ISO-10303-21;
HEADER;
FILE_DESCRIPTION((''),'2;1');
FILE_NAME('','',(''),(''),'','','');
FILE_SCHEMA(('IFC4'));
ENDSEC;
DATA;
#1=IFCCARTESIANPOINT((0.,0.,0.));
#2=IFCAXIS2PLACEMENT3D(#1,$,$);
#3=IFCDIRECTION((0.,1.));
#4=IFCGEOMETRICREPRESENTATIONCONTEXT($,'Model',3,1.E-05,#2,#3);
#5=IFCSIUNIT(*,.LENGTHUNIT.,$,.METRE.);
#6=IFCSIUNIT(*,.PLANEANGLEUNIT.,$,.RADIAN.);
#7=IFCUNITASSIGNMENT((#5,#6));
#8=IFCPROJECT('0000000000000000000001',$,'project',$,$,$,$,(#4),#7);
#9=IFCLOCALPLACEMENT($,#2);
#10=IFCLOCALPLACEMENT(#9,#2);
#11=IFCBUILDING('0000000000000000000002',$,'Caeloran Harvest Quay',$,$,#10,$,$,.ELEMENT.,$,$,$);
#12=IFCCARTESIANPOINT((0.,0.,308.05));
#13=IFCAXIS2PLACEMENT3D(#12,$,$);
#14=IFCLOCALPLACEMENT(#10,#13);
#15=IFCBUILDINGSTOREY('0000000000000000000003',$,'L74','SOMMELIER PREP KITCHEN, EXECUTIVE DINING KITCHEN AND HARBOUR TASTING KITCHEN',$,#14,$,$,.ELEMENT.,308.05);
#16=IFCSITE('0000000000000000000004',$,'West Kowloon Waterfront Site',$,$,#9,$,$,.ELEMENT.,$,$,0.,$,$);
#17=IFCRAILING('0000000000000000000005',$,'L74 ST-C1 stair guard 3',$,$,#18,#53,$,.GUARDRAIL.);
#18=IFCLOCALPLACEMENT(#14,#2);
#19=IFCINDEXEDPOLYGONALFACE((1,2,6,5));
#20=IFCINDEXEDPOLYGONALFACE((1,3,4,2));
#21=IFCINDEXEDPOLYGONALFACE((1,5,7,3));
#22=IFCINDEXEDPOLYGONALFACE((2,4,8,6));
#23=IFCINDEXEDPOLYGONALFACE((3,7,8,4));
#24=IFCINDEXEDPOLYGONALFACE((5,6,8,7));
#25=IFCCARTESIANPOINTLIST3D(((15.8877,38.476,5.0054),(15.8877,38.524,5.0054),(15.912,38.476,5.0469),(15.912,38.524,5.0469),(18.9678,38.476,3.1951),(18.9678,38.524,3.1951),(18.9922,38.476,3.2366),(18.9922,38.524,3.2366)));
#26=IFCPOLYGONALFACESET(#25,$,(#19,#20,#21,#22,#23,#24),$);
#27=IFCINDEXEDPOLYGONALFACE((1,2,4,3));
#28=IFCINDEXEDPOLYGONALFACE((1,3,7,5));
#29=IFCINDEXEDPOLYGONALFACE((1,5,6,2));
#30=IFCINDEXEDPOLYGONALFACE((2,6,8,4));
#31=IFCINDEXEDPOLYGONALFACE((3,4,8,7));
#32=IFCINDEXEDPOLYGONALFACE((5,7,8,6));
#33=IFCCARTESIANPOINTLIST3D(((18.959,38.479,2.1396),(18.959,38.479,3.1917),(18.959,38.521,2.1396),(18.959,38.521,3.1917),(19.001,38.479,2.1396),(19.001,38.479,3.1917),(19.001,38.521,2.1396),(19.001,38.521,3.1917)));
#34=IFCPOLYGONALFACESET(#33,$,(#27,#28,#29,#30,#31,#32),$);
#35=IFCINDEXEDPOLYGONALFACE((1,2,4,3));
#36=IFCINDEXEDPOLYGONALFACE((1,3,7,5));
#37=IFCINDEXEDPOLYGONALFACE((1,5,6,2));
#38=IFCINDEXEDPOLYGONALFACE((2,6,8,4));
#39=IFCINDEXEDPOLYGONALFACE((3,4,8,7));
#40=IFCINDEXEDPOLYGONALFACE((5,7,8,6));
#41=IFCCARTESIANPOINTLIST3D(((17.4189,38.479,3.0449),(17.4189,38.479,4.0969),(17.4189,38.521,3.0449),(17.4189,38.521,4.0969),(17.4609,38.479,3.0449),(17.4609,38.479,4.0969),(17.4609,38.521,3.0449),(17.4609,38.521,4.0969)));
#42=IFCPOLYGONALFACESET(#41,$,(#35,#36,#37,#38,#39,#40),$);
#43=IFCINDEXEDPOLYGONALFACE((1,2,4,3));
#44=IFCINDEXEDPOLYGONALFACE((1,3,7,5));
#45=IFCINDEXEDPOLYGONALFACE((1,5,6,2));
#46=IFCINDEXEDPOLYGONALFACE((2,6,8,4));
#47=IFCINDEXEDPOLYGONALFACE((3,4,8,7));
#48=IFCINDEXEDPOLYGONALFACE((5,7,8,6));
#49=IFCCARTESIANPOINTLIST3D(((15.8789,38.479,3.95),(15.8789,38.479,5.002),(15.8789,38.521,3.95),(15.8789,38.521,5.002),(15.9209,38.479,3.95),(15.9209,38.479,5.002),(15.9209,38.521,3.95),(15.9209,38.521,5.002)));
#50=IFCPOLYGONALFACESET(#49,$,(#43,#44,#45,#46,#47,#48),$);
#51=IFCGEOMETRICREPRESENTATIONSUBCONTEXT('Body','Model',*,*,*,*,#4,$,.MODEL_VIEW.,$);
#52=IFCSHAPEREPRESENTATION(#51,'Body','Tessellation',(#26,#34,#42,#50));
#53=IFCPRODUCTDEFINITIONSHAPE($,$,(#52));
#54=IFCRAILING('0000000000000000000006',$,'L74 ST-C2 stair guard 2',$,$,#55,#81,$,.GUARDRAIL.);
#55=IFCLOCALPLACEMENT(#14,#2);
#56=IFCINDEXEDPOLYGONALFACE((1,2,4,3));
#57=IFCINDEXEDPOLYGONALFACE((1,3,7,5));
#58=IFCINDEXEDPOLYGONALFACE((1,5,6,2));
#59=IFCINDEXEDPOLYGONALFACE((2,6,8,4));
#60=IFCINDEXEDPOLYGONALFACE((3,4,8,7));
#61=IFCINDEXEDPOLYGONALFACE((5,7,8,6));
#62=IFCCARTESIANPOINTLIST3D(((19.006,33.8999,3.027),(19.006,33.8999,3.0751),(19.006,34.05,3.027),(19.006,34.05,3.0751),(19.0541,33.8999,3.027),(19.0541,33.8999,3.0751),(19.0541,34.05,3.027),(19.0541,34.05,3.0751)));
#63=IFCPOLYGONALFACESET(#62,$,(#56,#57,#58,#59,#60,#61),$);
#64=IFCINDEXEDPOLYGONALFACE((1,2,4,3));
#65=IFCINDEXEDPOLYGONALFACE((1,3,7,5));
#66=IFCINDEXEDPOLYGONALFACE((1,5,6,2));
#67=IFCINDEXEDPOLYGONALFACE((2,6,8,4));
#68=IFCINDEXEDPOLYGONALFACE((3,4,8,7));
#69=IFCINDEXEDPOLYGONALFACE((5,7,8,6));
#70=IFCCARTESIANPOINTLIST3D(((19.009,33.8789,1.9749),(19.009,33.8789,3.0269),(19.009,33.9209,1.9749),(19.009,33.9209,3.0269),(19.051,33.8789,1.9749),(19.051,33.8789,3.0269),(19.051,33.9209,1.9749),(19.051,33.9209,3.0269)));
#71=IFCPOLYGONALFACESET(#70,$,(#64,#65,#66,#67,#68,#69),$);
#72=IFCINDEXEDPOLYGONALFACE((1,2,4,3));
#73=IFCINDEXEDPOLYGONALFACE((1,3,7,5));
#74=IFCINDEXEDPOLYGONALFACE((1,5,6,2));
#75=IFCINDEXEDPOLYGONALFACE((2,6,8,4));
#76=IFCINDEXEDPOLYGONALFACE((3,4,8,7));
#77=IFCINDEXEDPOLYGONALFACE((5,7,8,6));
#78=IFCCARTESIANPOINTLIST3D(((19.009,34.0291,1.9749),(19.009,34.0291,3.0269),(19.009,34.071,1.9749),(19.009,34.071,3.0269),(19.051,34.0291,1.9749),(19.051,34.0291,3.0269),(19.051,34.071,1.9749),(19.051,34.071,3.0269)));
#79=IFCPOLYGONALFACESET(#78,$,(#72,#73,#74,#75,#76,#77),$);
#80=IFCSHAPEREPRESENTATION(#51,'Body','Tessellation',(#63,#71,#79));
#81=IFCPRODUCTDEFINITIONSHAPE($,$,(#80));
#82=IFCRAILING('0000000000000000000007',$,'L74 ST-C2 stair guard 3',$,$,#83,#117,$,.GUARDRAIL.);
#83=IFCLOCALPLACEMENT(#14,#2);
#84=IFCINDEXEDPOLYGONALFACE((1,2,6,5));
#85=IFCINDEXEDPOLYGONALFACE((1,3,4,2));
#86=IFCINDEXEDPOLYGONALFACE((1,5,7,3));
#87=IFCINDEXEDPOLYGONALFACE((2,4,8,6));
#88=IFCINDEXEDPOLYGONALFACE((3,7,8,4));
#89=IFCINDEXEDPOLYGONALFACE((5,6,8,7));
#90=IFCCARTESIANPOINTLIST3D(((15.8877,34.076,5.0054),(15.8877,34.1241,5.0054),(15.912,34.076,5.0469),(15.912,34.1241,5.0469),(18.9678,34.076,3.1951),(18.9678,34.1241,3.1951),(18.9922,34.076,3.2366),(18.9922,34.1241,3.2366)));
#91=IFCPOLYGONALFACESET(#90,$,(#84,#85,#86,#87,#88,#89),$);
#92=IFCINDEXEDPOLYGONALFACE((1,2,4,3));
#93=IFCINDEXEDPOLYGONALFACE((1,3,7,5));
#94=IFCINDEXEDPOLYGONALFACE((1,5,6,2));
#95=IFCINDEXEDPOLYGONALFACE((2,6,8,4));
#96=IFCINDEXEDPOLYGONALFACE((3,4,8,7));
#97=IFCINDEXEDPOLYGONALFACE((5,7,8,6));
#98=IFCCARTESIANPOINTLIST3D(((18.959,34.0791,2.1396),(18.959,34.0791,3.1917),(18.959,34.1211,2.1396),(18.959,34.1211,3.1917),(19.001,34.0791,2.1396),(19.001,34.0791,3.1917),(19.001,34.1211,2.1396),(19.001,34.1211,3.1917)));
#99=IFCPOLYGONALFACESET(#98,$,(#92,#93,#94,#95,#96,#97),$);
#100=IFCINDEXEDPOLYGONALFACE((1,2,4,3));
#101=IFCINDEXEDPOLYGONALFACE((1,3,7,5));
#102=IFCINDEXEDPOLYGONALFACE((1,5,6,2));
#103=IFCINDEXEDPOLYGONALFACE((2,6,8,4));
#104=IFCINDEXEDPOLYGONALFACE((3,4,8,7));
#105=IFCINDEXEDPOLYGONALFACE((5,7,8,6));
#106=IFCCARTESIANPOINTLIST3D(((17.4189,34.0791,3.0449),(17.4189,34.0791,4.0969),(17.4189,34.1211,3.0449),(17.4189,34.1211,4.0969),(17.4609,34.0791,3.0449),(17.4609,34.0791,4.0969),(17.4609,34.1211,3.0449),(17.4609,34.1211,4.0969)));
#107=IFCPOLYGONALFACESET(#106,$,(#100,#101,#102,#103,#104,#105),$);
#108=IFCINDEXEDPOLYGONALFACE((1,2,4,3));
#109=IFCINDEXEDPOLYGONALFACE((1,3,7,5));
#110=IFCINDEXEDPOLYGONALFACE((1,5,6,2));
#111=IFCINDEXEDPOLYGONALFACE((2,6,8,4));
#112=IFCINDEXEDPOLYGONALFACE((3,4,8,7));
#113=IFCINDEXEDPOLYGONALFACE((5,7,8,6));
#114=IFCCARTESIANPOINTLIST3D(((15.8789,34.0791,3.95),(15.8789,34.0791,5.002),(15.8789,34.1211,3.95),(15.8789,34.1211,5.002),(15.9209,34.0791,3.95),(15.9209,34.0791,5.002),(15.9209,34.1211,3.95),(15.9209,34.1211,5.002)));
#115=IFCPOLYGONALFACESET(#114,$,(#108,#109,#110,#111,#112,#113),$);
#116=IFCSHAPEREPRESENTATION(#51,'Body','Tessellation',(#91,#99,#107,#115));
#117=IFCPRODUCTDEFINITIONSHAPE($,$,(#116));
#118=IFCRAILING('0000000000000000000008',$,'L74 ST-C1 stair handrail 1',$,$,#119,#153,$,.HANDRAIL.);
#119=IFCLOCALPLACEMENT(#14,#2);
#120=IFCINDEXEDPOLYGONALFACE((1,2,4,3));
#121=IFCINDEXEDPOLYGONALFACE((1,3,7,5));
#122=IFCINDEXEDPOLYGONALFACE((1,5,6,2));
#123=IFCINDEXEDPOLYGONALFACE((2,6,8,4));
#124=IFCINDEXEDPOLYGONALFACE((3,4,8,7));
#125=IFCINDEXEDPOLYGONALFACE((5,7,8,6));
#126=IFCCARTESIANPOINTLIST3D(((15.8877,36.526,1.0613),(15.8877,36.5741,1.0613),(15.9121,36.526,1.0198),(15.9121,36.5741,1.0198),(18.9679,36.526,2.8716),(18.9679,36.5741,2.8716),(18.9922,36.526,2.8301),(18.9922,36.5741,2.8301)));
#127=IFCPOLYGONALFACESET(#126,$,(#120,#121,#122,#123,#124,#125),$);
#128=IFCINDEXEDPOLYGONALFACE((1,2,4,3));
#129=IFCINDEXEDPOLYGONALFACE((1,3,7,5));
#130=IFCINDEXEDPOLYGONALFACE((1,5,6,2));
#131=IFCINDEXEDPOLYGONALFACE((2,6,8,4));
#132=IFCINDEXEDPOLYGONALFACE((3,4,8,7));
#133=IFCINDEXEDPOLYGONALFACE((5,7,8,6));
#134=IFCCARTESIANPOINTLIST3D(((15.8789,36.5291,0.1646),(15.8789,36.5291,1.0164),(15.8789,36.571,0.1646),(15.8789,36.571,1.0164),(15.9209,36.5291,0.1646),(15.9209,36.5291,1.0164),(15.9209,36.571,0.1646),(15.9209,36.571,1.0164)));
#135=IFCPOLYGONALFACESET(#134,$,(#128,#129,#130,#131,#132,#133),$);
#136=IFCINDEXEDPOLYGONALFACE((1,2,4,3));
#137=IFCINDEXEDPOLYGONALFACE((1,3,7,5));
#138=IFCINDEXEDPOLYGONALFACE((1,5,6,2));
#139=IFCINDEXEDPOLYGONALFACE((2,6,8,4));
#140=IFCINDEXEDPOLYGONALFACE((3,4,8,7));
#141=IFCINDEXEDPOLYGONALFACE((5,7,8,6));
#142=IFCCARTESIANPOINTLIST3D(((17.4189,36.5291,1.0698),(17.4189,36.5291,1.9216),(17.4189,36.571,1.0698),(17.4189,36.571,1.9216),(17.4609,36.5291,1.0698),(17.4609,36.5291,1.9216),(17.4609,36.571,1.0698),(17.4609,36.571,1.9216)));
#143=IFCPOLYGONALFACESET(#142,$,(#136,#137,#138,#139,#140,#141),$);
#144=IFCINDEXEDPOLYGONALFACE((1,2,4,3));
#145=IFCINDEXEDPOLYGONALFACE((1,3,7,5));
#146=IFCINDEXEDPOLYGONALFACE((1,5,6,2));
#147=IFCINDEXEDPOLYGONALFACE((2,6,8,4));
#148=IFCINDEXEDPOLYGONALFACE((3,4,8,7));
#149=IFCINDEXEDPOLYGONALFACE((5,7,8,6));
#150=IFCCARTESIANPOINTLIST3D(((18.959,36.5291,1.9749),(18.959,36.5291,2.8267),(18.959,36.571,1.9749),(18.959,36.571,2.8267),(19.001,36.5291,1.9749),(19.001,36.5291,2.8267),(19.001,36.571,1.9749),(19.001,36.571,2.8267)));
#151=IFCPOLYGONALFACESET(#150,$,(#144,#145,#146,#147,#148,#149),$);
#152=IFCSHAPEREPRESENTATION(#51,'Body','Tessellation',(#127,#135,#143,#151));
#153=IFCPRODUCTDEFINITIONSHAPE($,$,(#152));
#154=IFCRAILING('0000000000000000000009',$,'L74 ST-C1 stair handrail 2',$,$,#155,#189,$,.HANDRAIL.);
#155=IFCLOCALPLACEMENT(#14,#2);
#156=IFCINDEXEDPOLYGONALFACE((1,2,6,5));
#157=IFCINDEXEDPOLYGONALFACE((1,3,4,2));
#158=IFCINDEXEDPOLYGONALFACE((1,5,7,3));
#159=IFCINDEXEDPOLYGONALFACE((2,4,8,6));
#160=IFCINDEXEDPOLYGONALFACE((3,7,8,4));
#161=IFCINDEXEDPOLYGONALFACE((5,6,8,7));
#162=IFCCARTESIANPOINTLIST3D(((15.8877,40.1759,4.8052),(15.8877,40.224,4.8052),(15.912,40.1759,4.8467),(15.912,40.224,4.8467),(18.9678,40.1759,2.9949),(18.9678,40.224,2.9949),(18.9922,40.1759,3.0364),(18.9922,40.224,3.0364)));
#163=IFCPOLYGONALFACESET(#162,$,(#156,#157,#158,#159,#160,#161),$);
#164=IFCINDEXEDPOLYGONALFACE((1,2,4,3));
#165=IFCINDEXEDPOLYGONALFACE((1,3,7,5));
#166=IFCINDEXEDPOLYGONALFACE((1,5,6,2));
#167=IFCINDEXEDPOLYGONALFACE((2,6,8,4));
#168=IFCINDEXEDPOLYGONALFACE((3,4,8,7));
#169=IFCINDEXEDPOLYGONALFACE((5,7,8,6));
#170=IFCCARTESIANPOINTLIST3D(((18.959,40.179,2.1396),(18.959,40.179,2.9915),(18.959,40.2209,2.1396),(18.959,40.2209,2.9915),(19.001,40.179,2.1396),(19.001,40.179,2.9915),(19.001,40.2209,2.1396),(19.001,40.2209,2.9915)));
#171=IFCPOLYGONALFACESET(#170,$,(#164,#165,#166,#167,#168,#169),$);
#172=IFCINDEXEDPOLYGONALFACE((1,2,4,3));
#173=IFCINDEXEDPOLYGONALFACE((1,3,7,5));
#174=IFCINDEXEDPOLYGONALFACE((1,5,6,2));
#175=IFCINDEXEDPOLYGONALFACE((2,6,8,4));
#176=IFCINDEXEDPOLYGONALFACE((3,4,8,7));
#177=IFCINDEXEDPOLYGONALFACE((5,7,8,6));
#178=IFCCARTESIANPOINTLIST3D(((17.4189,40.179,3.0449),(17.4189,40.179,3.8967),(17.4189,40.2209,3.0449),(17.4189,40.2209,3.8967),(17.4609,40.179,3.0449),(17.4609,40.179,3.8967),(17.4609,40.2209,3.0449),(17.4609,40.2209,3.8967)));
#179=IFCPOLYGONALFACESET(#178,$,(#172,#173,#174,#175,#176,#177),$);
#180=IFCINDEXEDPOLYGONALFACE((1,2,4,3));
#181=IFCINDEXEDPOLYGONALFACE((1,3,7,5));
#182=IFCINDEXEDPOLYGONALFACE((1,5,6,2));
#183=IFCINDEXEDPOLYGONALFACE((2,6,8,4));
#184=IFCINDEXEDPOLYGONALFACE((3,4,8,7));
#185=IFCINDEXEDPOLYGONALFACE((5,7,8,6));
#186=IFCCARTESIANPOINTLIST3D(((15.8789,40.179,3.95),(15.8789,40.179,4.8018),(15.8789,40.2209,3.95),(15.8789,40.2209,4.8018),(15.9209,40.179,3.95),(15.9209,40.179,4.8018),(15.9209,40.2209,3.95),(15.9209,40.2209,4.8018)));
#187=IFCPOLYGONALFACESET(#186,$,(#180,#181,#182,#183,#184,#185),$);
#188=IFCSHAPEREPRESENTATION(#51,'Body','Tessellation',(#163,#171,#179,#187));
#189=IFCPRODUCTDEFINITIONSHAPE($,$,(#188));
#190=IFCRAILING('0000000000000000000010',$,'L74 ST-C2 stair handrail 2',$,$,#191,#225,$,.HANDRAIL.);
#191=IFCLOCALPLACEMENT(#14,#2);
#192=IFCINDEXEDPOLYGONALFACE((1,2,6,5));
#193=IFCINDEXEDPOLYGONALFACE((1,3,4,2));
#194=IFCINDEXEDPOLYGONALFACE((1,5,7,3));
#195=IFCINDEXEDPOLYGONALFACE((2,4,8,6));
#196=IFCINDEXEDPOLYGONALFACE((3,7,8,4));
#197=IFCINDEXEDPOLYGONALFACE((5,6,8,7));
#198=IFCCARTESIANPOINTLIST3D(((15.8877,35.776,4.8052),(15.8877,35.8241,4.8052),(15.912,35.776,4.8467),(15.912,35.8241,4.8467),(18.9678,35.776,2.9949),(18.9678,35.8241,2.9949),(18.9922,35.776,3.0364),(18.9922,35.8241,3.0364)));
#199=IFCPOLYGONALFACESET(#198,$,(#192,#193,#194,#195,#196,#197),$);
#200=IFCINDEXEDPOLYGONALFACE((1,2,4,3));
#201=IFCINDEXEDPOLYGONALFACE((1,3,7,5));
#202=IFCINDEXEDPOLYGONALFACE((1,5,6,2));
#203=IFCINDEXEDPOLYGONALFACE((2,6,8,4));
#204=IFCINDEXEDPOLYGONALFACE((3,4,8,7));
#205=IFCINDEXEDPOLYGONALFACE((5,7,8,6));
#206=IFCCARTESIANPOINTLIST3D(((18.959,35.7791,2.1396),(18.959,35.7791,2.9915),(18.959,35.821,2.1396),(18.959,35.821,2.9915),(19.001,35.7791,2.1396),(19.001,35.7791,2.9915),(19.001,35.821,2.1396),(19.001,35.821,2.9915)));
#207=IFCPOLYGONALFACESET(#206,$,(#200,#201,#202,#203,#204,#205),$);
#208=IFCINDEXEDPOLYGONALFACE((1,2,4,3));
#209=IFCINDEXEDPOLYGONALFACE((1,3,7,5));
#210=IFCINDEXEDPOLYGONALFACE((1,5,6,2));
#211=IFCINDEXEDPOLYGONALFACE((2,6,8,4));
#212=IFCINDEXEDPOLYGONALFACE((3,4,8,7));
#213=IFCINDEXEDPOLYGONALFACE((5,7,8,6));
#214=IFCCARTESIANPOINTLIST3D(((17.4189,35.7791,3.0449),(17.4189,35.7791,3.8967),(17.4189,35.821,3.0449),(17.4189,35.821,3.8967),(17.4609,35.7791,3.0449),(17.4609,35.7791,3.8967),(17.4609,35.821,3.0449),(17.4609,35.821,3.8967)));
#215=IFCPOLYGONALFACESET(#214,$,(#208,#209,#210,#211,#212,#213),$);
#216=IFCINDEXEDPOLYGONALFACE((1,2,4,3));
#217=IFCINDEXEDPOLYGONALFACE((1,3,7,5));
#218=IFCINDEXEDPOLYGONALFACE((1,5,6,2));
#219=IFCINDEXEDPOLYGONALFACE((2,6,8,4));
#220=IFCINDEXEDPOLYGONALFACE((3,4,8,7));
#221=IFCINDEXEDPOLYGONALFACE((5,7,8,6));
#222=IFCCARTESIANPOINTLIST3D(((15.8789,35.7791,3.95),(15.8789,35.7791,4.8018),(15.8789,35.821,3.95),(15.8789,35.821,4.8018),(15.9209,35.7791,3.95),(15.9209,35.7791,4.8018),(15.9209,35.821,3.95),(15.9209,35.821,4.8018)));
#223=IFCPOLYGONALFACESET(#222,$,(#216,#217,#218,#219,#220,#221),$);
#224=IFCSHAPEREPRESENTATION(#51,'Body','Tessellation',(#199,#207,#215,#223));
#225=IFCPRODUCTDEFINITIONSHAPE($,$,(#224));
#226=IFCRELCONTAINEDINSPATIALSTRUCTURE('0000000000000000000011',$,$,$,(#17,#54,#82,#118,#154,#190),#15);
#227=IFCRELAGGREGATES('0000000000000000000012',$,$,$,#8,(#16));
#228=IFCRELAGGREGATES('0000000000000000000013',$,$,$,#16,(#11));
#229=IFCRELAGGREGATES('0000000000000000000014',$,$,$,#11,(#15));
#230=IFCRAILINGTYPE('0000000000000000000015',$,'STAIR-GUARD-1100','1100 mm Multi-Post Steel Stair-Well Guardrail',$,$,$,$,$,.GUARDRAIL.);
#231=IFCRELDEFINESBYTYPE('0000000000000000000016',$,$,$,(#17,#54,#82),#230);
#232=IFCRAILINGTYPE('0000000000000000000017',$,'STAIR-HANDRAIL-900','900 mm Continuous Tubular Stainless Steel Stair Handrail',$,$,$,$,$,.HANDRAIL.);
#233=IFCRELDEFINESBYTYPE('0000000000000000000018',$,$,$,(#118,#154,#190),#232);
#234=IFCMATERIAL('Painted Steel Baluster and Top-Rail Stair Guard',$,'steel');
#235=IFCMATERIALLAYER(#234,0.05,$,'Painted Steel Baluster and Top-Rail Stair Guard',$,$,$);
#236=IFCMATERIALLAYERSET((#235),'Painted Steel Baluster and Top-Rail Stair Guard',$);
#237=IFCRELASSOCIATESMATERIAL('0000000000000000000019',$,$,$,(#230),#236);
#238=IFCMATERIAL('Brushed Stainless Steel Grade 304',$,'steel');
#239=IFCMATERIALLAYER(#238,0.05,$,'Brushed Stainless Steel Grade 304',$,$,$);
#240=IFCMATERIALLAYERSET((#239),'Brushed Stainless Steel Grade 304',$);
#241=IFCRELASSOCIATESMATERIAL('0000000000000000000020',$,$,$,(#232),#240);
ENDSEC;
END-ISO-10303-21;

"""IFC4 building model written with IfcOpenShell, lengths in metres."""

from ifc_helpers import new_model, si_unit, direction, frame, origin, origin_2d, place, context, subcontext, project, spatial, rectangle, extrude, material, layer, layer_set, type_object, element, save


model = new_model("IFC4")

# Units and contexts
model_context = context("Model", 3, precision=1e-05, world=origin(), true_north=direction((0.0, 1.0)))
body_context = subcontext(model_context, "Body", "Model", "MODEL_VIEW")
ifc_project = project(units=[si_unit("LENGTHUNIT", "METRE"), si_unit("PLANEANGLEUNIT", "RADIAN")], contexts=[model_context])

# Site, building, storey
site_placement = place(None, origin())
site = spatial("IfcSite", under=ifc_project, at=site_placement, Name="West Kowloon Waterfront Site", CompositionType="ELEMENT", RefElevation=0.0)
building_placement = place(site_placement, origin())
building = spatial("IfcBuilding", under=site, at=building_placement, Name="Caeloran Harvest Quay", CompositionType="ELEMENT")
storey_placement = place(building_placement, frame((0.0, 0.0, 308.05)))
storey = spatial("IfcBuildingStorey", under=building, at=storey_placement, Name="L74", Description="SOMMELIER PREP KITCHEN, EXECUTIVE DINING KITCHEN AND HARBOUR TASTING KITCHEN", CompositionType="ELEMENT", Elevation=308.05)

# Railings
ifc_material_1 = material(Name="Painted Steel Baluster and Top-Rail Stair Guard", Category="steel")
ifc_layer_1 = layer(ifc_material_1, 0.05, Name="Painted Steel Baluster and Top-Rail Stair Guard")
ifc_layer_set_1 = layer_set([ifc_layer_1], Name="Painted Steel Baluster and Top-Rail Stair Guard")
railing_type_1 = type_object("IfcRailingType", Name="STAIR-GUARD-1100", Description="1100 mm Multi-Post Steel Stair-Well Guardrail", PredefinedType="GUARDRAIL", material=ifc_layer_set_1)
railing_1_placement = place(storey_placement, frame((18.98, 38.5, 2.1396)))
element("IfcRailing", 1, at=railing_1_placement, inside=storey, type_object=railing_type_1, Name="L74 ST-C1 stair guard 3", PredefinedType="GUARDRAIL", context=body_context, shape_type="SweptSolid", body=[
    extrude(rectangle(XDim=0.0481, YDim=0.0481, at=origin_2d()), frame((0.0, 0.0, 1.0762), z_axis=(-0.862119, 0.0, 0.506707), x_axis=(0.0, -1.0, 0.0)), (0.0, 0.0, 1.0), 3.5728),
    extrude(rectangle(XDim=0.042, YDim=0.042, at=origin_2d()), origin(), (0.0, 0.0, 1.0), 1.052),
    extrude(rectangle(XDim=0.042, YDim=0.042, at=origin_2d()), frame((-1.54, 0.0, 0.9053)), (0.0, 0.0, 1.0), 1.052),
    extrude(rectangle(XDim=0.042, YDim=0.042, at=origin_2d()), frame((-3.0801, 0.0, 1.8103)), (0.0, 0.0, 1.0), 1.052),
])
railing_2_placement = place(storey_placement, frame((19.03, 33.8999, 1.9749)))
element("IfcRailing", 2, at=railing_2_placement, inside=storey, type_object=railing_type_1, Name="L74 ST-C2 stair guard 2", PredefinedType="GUARDRAIL", context=body_context, shape_type="SweptSolid", body=[
    extrude(rectangle(XDim=0.0481, YDim=0.0481, at=origin_2d()), frame((0.0, 0.0, 1.0762), z_axis=(0.0, 1.0, 0.0), x_axis=(-1.0, 0.0, 0.0)), (0.0, 0.0, 1.0), 0.1501),
    extrude(rectangle(XDim=0.042, YDim=0.042, at=origin_2d()), origin(), (0.0, 0.0, 1.0), 1.052),
    extrude(rectangle(XDim=0.042, YDim=0.042, at=origin_2d()), frame((0.0, 0.1501, 0.0)), (0.0, 0.0, 1.0), 1.052),
])
railing_3_placement = place(storey_placement, frame((18.98, 34.1001, 2.1396)))
element("IfcRailing", 3, at=railing_3_placement, inside=storey, type_object=railing_type_1, Name="L74 ST-C2 stair guard 3", PredefinedType="GUARDRAIL", context=body_context, shape_type="SweptSolid", body=[
    extrude(rectangle(XDim=0.0481, YDim=0.0481, at=origin_2d()), frame((0.0, 0.0, 1.0762), z_axis=(-0.862119, 0.0, 0.506707), x_axis=(0.0, -1.0, 0.0)), (0.0, 0.0, 1.0), 3.5728),
    extrude(rectangle(XDim=0.042, YDim=0.042, at=origin_2d()), origin(), (0.0, 0.0, 1.0), 1.052),
    extrude(rectangle(XDim=0.042, YDim=0.042, at=origin_2d()), frame((-1.54, 0.0, 0.9053)), (0.0, 0.0, 1.0), 1.052),
    extrude(rectangle(XDim=0.042, YDim=0.042, at=origin_2d()), frame((-3.0801, 0.0, 1.8103)), (0.0, 0.0, 1.0), 1.052),
])
ifc_material_2 = material(Name="Brushed Stainless Steel Grade 304", Category="steel")
ifc_layer_2 = layer(ifc_material_2, 0.05, Name="Brushed Stainless Steel Grade 304")
ifc_layer_set_2 = layer_set([ifc_layer_2], Name="Brushed Stainless Steel Grade 304")
railing_type_2 = type_object("IfcRailingType", Name="STAIR-HANDRAIL-900", Description="900 mm Continuous Tubular Stainless Steel Stair Handrail", PredefinedType="HANDRAIL", material=ifc_layer_set_2)
railing_4_placement = place(storey_placement, frame((15.8999, 36.55, 0.1646)))
element("IfcRailing", 4, at=railing_4_placement, inside=storey, type_object=railing_type_2, Name="L74 ST-C1 stair handrail 1", PredefinedType="HANDRAIL", context=body_context, shape_type="SweptSolid", body=[
    extrude(rectangle(XDim=0.0481, YDim=0.0481, at=origin_2d()), frame((0.0, 0.0, 0.876), z_axis=(0.862119, 0.0, 0.506707), x_axis=(0.0, 1.0, 0.0)), (0.0, 0.0, 1.0), 3.5728),
    extrude(rectangle(XDim=0.042, YDim=0.042, at=origin_2d()), origin(), (0.0, 0.0, 1.0), 0.8518),
    extrude(rectangle(XDim=0.042, YDim=0.042, at=origin_2d()), frame((1.54, 0.0, 0.9053)), (0.0, 0.0, 1.0), 0.8518),
    extrude(rectangle(XDim=0.042, YDim=0.042, at=origin_2d()), frame((3.0801, 0.0, 1.8103)), (0.0, 0.0, 1.0), 0.8518),
])
for number, where, name in (
    (5, (18.98, 40.2, 2.1396), "L74 ST-C1 stair handrail 2"),
    (6, (18.98, 35.8, 2.1396), "L74 ST-C2 stair handrail 2"),
):
    element("IfcRailing", number, at=place(storey_placement, frame(where)), inside=storey, type_object=railing_type_2, Name=name, PredefinedType="HANDRAIL", context=body_context, shape_type="SweptSolid", body=[
        extrude(rectangle(XDim=0.0481, YDim=0.0481, at=origin_2d()), frame((0.0, 0.0, 0.876), z_axis=(-0.862119, 0.0, 0.506707), x_axis=(0.0, -1.0, 0.0)), (0.0, 0.0, 1.0), 3.5728),
        extrude(rectangle(XDim=0.042, YDim=0.042, at=origin_2d()), origin(), (0.0, 0.0, 1.0), 0.8518),
        extrude(rectangle(XDim=0.042, YDim=0.042, at=origin_2d()), frame((-1.54, 0.0, 0.9053)), (0.0, 0.0, 1.0), 0.8518),
        extrude(rectangle(XDim=0.042, YDim=0.042, at=origin_2d()), frame((-3.0801, 0.0, 1.8103)), (0.0, 0.0, 1.0), 0.8518),
    ])

save(model, "model.ifc")
